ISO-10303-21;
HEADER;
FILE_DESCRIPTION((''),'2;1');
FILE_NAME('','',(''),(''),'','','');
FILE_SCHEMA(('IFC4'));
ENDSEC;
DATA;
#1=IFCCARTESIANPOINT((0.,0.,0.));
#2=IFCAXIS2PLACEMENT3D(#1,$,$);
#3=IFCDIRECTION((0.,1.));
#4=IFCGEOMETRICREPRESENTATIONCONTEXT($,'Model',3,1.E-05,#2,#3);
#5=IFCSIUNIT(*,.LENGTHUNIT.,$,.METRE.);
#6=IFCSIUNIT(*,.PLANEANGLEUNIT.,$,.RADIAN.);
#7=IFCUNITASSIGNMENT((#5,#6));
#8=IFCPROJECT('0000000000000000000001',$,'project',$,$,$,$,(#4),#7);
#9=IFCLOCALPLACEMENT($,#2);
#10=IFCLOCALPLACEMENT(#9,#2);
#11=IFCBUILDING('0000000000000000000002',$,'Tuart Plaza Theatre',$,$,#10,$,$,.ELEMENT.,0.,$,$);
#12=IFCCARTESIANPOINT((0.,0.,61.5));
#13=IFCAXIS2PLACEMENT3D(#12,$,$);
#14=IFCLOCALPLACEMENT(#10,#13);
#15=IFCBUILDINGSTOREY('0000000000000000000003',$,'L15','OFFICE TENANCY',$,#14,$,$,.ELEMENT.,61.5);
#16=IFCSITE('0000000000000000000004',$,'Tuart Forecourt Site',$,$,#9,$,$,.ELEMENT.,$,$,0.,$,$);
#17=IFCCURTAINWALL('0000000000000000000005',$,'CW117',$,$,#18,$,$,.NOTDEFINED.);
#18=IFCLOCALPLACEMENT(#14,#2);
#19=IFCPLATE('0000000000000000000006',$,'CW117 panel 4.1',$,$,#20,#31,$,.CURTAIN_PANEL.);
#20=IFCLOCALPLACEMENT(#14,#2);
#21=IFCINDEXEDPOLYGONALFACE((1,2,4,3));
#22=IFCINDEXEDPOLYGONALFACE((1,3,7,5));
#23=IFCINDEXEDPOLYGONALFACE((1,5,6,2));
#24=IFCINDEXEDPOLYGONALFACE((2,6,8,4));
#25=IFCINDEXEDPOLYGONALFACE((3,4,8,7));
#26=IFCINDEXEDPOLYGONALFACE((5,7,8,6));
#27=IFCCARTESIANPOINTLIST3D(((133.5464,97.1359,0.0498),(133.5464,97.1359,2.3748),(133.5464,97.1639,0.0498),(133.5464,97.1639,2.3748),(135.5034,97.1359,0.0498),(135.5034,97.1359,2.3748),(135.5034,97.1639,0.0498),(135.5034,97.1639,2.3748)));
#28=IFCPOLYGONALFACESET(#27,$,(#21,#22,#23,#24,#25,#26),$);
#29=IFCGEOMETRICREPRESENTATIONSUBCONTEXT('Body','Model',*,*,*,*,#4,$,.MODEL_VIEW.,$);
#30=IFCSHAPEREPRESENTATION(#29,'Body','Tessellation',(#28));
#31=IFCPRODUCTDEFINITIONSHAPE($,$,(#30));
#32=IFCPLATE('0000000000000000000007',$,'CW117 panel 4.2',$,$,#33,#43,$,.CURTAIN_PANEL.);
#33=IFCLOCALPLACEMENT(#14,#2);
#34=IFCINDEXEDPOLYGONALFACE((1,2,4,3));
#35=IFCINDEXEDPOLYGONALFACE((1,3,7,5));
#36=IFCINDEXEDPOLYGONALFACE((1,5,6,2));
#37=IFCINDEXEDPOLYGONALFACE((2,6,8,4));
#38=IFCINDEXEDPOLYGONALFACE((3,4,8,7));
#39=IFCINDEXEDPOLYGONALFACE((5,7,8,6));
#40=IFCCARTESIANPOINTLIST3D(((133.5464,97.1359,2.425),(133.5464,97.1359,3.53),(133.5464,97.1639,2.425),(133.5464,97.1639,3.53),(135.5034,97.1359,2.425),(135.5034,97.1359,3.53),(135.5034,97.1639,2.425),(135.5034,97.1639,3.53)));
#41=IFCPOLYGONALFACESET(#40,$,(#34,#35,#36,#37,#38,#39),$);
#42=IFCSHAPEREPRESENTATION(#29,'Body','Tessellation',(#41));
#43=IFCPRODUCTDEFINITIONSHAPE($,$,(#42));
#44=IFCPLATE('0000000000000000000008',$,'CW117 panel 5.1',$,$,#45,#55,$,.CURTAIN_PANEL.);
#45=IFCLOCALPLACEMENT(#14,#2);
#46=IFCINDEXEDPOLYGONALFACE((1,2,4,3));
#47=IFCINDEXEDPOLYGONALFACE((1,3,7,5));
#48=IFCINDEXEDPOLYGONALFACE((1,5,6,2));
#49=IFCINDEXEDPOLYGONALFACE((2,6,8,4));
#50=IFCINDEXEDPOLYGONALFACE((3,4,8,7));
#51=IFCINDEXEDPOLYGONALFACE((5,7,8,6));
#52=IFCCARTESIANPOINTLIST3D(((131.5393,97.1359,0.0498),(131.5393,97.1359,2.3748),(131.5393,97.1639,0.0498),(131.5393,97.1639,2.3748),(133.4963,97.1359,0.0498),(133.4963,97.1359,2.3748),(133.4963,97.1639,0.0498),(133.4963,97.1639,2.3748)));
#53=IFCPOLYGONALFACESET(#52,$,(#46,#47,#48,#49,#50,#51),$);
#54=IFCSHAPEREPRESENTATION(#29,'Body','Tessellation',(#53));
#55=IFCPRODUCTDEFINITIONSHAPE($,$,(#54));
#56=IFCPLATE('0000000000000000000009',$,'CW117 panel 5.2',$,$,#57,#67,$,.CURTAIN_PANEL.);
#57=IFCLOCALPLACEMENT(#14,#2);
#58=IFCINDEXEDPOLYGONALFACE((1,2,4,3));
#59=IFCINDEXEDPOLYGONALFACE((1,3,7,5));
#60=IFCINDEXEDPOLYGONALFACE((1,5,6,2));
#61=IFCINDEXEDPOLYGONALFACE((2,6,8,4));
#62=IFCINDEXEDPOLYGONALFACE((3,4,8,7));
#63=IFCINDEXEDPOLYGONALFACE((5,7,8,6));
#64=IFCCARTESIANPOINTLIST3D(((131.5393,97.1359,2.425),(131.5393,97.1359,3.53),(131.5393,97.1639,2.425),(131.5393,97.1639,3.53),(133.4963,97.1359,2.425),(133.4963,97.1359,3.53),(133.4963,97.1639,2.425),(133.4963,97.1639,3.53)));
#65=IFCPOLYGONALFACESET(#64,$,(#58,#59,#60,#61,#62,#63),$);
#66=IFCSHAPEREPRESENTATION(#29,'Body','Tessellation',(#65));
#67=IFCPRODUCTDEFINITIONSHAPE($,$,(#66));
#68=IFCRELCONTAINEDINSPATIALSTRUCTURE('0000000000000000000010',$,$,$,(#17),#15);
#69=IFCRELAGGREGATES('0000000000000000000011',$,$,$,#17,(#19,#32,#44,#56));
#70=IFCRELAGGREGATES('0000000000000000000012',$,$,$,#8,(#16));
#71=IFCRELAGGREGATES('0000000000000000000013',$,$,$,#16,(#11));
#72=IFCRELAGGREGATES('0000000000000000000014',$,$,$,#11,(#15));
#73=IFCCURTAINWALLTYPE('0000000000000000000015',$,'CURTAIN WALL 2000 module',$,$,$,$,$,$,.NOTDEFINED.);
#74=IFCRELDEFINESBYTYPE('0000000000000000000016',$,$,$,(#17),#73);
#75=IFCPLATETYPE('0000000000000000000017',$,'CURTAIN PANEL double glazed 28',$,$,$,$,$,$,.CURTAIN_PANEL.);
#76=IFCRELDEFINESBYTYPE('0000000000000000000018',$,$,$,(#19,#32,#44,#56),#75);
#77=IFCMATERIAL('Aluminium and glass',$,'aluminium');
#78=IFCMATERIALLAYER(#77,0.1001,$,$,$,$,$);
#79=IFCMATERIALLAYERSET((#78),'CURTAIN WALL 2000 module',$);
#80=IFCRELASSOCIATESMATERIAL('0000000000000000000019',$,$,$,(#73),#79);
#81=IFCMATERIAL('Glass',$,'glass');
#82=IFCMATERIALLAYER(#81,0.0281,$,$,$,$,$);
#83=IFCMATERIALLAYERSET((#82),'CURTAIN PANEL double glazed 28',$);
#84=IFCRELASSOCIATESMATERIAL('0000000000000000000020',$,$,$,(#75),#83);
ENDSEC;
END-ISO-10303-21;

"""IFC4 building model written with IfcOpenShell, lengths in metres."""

from ifc_helpers import new_model, si_unit, direction, frame, origin, origin_2d, place, context, subcontext, project, spatial, rectangle, extrude, material, layer, layer_set, type_object, element, aggregate, save


model = new_model("IFC4")

# Units and contexts
model_context = context("Model", 3, precision=1e-05, world=origin(), true_north=direction((0.0, 1.0)))
body_context = subcontext(model_context, "Body", "Model", "MODEL_VIEW")
ifc_project = project(units=[si_unit("LENGTHUNIT", "METRE"), si_unit("PLANEANGLEUNIT", "RADIAN")], contexts=[model_context])

# Site, building, storey
site_placement = place(None, origin())
site = spatial("IfcSite", under=ifc_project, at=site_placement, Name="Tuart Forecourt Site", CompositionType="ELEMENT", RefElevation=0.0)
building_placement = place(site_placement, origin())
building = spatial("IfcBuilding", under=site, at=building_placement, Name="Tuart Plaza Theatre", CompositionType="ELEMENT", ElevationOfRefHeight=0.0)
storey_placement = place(building_placement, frame((0.0, 0.0, 61.5)))
storey = spatial("IfcBuildingStorey", under=building, at=storey_placement, Name="L15", Description="OFFICE TENANCY", CompositionType="ELEMENT", Elevation=61.5)

# Curtain wall, plates
ifc_material_1 = material(Name="Aluminium and glass", Category="aluminium")
ifc_layer_1 = layer(ifc_material_1, 0.1001)
ifc_layer_set_1 = layer_set([ifc_layer_1], Name="CURTAIN WALL 2000 module")
curtain_wall_type = type_object("IfcCurtainWallType", Name="CURTAIN WALL 2000 module", PredefinedType="NOTDEFINED", material=ifc_layer_set_1)
curtain_wall_placement = place(storey_placement, origin())
curtain_wall = element("IfcCurtainWall", 1, at=curtain_wall_placement, inside=storey, type_object=curtain_wall_type, Name="CW117", PredefinedType="NOTDEFINED")
ifc_material_2 = material(Name="Glass", Category="glass")
ifc_layer_2 = layer(ifc_material_2, 0.0281)
ifc_layer_set_2 = layer_set([ifc_layer_2], Name="CURTAIN PANEL double glazed 28")
plate_type = type_object("IfcPlateType", Name="CURTAIN PANEL double glazed 28", PredefinedType="CURTAIN_PANEL", material=ifc_layer_set_2)
plate_1_placement = place(storey_placement, frame((134.5249, 97.1499, 0.0498), z_axis=(0.0, 0.0, 1.0), x_axis=(-1.0, 0.0, 0.0)))
plate_1 = element("IfcPlate", 2, at=plate_1_placement, type_object=plate_type, Name="CW117 panel 4.1", PredefinedType="CURTAIN_PANEL", context=body_context, shape_type="SweptSolid", body=[
    extrude(rectangle(XDim=1.957, YDim=0.0281, at=origin_2d()), origin(), (0.0, 0.0, 1.0), 2.325),
])
plate_2_placement = place(storey_placement, frame((134.5249, 97.1499, 2.425), z_axis=(0.0, 0.0, 1.0), x_axis=(-1.0, 0.0, 0.0)))
plate_2 = element("IfcPlate", 3, at=plate_2_placement, type_object=plate_type, Name="CW117 panel 4.2", PredefinedType="CURTAIN_PANEL", context=body_context, shape_type="SweptSolid", body=[
    extrude(rectangle(XDim=1.957, YDim=0.0281, at=origin_2d()), origin(), (0.0, 0.0, 1.0), 1.105),
])
plate_3_placement = place(storey_placement, frame((132.5178, 97.1499, 0.0498), z_axis=(0.0, 0.0, 1.0), x_axis=(-1.0, 0.0, 0.0)))
plate_3 = element("IfcPlate", 4, at=plate_3_placement, type_object=plate_type, Name="CW117 panel 5.1", PredefinedType="CURTAIN_PANEL", context=body_context, shape_type="SweptSolid", body=[
    extrude(rectangle(XDim=1.957, YDim=0.0281, at=origin_2d()), origin(), (0.0, 0.0, 1.0), 2.325),
])
plate_4_placement = place(storey_placement, frame((132.5178, 97.1499, 2.425), z_axis=(0.0, 0.0, 1.0), x_axis=(-1.0, 0.0, 0.0)))
plate_4 = element("IfcPlate", 5, at=plate_4_placement, type_object=plate_type, Name="CW117 panel 5.2", PredefinedType="CURTAIN_PANEL", context=body_context, shape_type="SweptSolid", body=[
    extrude(rectangle(XDim=1.957, YDim=0.0281, at=origin_2d()), origin(), (0.0, 0.0, 1.0), 1.105),
])
aggregate(curtain_wall, [plate_1, plate_2, plate_3, plate_4])

save(model, "model.ifc")
